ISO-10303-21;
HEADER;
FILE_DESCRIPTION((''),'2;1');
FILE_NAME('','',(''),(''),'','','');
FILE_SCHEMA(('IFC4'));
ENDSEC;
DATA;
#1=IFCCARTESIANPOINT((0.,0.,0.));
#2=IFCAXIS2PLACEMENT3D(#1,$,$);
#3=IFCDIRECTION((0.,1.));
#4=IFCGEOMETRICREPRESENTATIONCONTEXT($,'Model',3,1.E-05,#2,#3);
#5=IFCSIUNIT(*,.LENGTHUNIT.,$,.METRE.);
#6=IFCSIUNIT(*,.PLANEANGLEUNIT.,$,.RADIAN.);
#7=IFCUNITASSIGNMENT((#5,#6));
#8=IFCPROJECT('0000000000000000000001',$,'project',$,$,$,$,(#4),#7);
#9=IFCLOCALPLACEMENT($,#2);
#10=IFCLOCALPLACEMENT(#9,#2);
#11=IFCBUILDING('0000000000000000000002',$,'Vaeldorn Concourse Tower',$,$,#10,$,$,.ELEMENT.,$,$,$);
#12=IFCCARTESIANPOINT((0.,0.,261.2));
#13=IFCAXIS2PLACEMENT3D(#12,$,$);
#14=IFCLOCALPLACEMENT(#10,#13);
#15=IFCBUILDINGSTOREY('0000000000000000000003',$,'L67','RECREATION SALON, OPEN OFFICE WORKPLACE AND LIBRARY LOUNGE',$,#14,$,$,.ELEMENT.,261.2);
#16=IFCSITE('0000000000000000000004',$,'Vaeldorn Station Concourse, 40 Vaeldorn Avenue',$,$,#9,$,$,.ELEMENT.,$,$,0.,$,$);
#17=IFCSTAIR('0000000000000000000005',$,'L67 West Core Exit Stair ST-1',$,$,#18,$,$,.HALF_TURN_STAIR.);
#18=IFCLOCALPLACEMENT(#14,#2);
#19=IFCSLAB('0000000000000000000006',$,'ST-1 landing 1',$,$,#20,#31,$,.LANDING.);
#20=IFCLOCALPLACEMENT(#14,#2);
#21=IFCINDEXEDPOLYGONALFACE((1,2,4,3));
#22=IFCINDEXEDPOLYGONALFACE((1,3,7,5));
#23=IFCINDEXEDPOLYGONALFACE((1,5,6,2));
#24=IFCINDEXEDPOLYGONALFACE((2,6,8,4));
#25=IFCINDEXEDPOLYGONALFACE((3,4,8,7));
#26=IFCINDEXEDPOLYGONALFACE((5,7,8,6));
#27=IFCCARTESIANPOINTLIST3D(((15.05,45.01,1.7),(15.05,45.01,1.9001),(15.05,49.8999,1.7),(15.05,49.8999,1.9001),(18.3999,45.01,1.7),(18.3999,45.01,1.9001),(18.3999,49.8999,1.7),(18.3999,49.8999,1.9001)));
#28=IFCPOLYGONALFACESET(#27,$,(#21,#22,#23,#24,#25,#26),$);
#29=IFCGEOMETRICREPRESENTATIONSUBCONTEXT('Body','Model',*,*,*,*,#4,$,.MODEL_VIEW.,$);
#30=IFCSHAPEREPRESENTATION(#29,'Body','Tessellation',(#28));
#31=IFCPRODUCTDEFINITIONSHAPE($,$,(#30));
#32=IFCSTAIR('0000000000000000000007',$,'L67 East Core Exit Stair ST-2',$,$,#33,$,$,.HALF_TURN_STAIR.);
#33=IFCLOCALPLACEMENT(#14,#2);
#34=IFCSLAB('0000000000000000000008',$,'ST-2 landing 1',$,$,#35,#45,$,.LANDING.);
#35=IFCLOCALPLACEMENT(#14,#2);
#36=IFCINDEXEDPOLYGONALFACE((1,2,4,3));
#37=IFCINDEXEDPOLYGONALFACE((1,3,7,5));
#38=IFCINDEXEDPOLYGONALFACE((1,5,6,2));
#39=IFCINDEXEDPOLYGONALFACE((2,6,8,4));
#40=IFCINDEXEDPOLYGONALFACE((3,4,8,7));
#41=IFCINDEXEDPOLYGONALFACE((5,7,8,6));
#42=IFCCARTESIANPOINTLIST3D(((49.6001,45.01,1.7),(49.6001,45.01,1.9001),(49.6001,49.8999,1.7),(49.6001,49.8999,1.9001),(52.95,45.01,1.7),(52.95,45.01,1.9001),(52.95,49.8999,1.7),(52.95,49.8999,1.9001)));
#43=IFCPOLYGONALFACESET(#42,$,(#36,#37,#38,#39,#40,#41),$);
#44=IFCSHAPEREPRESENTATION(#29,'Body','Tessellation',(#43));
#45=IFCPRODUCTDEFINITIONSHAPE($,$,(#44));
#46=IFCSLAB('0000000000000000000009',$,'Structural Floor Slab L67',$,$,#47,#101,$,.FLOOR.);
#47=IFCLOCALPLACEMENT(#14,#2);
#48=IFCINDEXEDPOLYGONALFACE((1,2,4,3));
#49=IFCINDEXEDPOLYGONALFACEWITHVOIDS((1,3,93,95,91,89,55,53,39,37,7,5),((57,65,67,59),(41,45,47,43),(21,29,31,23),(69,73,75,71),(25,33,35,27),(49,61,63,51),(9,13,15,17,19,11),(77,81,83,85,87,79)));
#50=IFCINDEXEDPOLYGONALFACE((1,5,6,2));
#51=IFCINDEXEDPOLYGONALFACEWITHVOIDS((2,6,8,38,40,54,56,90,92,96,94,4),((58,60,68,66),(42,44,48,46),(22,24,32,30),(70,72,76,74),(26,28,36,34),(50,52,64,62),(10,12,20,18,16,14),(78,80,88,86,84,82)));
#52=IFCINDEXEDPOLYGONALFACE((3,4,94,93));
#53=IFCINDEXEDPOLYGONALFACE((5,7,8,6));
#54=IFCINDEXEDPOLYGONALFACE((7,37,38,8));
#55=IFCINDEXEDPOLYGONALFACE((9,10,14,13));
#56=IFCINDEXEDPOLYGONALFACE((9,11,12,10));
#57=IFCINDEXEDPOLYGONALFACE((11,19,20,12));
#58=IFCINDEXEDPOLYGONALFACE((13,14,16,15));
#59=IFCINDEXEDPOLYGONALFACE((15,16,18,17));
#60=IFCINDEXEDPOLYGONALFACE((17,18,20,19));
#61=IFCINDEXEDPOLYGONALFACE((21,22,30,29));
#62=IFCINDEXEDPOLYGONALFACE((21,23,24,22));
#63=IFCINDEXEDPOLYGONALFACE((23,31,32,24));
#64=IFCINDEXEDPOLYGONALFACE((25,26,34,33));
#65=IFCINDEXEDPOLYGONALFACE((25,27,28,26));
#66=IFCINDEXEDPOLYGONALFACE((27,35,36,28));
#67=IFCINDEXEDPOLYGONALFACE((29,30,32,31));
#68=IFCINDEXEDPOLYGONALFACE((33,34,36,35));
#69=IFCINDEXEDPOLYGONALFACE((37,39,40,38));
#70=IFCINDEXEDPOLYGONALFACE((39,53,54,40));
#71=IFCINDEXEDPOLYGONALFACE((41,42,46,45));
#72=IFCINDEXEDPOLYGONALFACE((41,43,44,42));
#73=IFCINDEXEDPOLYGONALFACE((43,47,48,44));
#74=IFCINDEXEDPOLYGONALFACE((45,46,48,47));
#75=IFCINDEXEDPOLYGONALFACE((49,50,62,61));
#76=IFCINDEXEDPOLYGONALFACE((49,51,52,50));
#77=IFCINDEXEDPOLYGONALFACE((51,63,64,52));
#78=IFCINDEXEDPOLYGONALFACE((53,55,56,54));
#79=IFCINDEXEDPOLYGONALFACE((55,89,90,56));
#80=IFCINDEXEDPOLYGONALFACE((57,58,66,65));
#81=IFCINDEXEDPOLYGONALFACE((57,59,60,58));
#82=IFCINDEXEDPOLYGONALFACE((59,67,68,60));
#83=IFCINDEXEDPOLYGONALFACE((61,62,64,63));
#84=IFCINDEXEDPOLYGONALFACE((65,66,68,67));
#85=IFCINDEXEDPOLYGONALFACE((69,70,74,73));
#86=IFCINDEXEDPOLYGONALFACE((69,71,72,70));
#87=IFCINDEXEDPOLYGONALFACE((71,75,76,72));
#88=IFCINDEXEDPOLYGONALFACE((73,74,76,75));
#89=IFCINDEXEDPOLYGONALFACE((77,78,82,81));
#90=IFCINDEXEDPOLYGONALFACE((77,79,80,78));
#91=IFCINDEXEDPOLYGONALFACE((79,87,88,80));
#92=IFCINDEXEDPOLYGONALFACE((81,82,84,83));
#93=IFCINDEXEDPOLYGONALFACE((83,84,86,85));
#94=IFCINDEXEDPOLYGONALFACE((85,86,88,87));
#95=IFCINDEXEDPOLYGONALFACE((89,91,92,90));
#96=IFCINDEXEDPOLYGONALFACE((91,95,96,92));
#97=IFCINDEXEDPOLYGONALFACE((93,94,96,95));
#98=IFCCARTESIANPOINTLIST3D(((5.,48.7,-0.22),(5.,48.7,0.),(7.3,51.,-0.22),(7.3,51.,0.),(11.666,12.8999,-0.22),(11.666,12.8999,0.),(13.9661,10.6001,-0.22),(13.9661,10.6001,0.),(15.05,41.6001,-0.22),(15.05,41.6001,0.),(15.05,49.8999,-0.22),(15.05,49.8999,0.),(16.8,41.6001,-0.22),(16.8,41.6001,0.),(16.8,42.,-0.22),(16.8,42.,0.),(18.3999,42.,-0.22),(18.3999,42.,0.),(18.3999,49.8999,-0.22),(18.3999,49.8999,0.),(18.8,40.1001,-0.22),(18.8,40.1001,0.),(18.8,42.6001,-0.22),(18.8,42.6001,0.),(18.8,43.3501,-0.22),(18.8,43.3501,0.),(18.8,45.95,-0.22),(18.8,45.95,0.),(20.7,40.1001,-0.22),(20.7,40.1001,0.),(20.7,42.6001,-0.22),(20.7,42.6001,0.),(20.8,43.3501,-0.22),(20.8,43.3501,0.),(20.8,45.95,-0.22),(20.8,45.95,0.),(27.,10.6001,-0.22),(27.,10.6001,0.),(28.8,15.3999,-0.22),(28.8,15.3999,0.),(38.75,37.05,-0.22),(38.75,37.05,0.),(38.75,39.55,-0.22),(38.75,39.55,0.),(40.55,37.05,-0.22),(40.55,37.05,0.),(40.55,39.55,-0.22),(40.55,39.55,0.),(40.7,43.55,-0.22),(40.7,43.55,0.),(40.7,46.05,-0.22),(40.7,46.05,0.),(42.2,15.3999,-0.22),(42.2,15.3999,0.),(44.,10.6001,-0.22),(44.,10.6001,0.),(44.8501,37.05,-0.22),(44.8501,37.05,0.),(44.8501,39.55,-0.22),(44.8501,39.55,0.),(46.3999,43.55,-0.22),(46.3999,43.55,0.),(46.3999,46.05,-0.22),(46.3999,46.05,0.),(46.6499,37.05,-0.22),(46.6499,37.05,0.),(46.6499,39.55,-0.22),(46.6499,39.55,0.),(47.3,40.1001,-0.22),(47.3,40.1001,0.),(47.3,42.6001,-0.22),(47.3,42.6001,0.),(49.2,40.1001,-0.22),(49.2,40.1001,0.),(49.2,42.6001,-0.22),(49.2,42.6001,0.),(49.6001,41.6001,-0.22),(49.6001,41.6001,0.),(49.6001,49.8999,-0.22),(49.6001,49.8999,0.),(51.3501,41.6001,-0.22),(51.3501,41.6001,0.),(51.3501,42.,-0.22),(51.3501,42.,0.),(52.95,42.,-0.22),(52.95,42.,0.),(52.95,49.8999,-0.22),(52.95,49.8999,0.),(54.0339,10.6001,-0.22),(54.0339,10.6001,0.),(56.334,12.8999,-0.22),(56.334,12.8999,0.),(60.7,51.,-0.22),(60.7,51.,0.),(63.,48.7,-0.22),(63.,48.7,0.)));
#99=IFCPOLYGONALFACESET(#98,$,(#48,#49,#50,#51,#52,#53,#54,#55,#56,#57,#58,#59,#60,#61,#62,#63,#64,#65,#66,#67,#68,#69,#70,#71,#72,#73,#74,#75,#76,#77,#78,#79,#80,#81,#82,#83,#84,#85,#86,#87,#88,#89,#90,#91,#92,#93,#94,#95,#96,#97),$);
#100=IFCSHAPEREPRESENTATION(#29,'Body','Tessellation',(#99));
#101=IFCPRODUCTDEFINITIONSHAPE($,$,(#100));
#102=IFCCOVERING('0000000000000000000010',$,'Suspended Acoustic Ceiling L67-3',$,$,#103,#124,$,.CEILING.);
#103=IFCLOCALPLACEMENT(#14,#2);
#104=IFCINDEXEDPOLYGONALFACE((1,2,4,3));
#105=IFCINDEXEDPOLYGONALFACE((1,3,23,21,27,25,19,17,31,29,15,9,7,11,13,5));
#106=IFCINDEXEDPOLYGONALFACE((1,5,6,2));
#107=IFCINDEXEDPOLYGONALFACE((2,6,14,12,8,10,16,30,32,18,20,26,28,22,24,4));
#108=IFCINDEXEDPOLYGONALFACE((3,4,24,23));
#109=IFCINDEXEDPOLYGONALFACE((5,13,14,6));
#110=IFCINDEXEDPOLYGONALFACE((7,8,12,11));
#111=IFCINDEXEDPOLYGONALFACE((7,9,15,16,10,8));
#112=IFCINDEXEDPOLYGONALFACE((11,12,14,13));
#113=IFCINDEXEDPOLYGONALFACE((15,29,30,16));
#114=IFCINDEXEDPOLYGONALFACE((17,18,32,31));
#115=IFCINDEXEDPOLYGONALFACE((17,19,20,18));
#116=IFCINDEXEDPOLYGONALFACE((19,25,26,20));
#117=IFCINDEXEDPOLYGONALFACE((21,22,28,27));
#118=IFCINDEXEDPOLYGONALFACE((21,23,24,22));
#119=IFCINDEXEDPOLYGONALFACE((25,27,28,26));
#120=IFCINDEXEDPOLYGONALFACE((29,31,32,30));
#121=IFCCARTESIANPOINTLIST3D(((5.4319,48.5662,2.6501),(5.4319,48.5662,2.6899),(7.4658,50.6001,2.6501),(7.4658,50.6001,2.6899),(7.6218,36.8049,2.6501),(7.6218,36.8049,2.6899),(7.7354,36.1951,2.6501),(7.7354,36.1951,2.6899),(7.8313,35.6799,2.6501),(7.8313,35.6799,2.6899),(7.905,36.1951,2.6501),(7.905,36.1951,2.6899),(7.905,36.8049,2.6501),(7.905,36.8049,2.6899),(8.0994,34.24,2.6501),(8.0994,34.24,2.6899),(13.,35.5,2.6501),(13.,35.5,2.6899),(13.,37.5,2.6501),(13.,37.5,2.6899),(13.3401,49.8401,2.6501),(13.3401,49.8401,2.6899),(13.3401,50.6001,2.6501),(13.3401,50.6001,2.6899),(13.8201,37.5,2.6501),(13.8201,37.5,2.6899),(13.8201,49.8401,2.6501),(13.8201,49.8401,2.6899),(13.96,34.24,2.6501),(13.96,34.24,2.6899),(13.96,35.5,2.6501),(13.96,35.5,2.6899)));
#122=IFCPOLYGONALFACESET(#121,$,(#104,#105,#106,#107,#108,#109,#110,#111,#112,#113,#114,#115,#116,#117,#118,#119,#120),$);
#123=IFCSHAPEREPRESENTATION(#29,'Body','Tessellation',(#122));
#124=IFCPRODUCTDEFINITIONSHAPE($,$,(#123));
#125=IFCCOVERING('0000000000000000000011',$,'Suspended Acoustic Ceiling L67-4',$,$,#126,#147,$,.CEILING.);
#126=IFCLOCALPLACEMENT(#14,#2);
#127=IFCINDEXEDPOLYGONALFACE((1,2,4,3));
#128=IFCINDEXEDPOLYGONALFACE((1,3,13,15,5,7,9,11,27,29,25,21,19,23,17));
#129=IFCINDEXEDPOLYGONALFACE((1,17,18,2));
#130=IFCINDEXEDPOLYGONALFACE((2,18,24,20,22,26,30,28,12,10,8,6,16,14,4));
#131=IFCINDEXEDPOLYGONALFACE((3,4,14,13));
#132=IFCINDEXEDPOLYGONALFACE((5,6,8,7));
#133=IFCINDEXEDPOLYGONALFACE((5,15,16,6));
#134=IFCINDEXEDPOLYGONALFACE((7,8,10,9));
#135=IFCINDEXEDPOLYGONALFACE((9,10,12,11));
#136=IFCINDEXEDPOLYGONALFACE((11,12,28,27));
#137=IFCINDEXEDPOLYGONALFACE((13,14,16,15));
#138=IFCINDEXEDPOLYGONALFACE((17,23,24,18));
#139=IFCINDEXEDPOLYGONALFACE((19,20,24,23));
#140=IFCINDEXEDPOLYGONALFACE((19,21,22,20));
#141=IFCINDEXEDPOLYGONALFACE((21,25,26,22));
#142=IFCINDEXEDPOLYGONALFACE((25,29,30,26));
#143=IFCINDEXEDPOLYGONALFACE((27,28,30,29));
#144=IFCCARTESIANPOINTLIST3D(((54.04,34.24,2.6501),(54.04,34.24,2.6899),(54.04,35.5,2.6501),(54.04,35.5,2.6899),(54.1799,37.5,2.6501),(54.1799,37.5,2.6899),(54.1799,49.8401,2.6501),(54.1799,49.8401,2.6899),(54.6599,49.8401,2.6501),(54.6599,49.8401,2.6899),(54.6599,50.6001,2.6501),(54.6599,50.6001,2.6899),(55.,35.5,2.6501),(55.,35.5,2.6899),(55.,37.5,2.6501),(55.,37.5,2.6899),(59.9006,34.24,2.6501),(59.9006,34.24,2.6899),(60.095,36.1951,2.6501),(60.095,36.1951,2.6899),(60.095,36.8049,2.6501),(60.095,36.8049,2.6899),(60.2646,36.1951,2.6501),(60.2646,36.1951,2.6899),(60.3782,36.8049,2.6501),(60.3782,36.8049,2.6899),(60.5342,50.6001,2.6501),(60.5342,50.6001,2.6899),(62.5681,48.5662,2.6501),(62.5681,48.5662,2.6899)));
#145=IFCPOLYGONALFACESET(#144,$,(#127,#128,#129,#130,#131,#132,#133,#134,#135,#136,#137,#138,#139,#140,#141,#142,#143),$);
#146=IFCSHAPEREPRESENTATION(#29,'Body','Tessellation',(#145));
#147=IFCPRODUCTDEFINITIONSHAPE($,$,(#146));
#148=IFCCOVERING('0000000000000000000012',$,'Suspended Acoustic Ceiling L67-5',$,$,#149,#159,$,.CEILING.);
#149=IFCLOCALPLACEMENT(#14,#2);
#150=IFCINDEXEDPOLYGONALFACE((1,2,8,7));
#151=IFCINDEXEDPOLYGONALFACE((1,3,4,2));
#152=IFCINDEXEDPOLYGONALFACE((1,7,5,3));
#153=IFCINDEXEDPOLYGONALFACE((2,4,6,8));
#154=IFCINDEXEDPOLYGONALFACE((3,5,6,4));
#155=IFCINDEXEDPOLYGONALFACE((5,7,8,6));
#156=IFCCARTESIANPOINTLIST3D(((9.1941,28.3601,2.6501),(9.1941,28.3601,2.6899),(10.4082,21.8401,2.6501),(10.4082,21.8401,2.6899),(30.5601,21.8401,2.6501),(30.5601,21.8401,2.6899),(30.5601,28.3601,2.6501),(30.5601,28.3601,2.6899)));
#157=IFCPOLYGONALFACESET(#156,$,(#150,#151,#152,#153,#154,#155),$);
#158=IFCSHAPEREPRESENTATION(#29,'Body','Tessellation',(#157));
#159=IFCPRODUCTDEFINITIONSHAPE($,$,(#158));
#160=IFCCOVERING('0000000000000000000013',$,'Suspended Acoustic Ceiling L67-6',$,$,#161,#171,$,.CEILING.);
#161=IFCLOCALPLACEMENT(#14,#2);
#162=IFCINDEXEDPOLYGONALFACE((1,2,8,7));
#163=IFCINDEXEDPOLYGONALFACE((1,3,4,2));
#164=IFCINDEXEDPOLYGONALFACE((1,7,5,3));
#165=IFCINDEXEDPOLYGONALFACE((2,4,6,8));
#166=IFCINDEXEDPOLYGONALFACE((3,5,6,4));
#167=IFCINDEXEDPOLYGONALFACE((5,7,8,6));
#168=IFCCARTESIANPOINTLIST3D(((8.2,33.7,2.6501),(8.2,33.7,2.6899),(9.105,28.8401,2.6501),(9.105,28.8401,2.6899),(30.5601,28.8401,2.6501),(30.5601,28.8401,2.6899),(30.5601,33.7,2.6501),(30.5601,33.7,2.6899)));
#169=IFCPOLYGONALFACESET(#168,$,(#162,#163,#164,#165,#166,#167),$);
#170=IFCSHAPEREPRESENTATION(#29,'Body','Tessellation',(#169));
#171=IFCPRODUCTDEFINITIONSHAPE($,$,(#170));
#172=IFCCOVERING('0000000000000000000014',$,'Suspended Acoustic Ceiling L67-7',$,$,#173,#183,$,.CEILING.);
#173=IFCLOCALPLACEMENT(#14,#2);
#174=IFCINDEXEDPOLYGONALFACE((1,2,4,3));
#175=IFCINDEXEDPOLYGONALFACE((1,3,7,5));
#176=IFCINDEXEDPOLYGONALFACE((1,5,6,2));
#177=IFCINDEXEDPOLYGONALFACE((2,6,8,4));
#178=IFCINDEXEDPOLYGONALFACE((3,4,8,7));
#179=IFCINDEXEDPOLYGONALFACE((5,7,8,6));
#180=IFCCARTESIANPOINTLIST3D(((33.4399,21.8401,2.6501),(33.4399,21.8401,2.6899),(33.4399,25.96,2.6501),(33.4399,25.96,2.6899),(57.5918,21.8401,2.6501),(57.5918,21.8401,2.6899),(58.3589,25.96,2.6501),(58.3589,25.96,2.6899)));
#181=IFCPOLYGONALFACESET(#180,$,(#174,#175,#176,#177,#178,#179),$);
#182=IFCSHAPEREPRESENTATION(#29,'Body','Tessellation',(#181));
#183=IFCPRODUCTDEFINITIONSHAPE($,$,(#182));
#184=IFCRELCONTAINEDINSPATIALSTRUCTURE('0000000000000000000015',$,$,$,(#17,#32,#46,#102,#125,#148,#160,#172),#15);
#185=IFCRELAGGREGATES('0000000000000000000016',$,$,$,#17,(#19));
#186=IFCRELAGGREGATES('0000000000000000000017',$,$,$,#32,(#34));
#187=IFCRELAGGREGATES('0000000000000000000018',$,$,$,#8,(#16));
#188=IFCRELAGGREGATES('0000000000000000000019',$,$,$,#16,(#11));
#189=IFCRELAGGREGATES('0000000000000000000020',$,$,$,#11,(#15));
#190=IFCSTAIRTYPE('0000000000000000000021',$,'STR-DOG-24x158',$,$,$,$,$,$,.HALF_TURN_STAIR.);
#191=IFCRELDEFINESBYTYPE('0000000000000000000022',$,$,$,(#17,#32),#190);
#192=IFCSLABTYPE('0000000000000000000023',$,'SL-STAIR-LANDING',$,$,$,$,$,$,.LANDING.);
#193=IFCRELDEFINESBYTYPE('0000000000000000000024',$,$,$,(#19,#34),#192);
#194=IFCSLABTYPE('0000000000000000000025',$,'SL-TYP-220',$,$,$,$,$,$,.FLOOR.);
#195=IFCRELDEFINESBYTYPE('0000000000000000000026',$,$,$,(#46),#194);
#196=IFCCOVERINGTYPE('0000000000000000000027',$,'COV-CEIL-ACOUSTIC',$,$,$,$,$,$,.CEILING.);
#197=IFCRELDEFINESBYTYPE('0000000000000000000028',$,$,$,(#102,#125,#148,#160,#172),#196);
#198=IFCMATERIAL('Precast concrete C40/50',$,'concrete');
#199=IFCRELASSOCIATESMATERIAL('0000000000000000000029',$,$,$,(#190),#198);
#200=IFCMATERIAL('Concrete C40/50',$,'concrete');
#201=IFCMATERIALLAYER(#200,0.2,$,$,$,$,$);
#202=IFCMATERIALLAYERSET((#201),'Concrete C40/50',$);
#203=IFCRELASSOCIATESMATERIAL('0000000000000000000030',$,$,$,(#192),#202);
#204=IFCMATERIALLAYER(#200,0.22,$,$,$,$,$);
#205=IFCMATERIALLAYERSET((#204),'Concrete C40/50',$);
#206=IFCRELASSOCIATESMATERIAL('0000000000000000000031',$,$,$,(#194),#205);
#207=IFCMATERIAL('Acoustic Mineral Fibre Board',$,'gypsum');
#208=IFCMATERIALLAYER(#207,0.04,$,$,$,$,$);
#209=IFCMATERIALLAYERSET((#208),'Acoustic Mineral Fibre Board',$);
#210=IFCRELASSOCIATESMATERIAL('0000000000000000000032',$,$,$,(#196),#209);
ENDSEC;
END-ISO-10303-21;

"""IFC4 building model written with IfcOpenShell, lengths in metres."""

from ifc_helpers import new_model, si_unit, direction, frame, origin, place, context, subcontext, project, spatial, polyline, outline, extrude, material, layer, layer_set, type_object, element, aggregate, save


model = new_model("IFC4")

# Units and contexts
model_context = context("Model", 3, precision=1e-05, world=origin(), true_north=direction((0.0, 1.0)))
body_context = subcontext(model_context, "Body", "Model", "MODEL_VIEW")
ifc_project = project(units=[si_unit("LENGTHUNIT", "METRE"), si_unit("PLANEANGLEUNIT", "RADIAN")], contexts=[model_context])

# Site, building, storey
site_placement = place(None, origin())
site = spatial("IfcSite", under=ifc_project, at=site_placement, Name="Vaeldorn Station Concourse, 40 Vaeldorn Avenue", CompositionType="ELEMENT", RefElevation=0.0)
building_placement = place(site_placement, origin())
building = spatial("IfcBuilding", under=site, at=building_placement, Name="Vaeldorn Concourse Tower", CompositionType="ELEMENT")
storey_placement = place(building_placement, frame((0.0, 0.0, 261.2)))
storey = spatial("IfcBuildingStorey", under=building, at=storey_placement, Name="L67", Description="RECREATION SALON, OPEN OFFICE WORKPLACE AND LIBRARY LOUNGE", CompositionType="ELEMENT", Elevation=261.2)

# Stairs, slabs
ifc_material_1 = material(Name="Precast concrete C40/50", Category="concrete")
stair_type = type_object("IfcStairType", Name="STR-DOG-24x158", PredefinedType="HALF_TURN_STAIR", material=ifc_material_1)
stair_1_placement = place(storey_placement, origin())
stair_1 = element("IfcStair", 1, at=stair_1_placement, inside=storey, type_object=stair_type, Name="L67 West Core Exit Stair ST-1", PredefinedType="HALF_TURN_STAIR")
ifc_material_2 = material(Name="Concrete C40/50", Category="concrete")
ifc_layer_1 = layer(ifc_material_2, 0.2)
ifc_layer_set_1 = layer_set([ifc_layer_1], Name="Concrete C40/50")
slab_type_1 = type_object("IfcSlabType", Name="SL-STAIR-LANDING", PredefinedType="LANDING", material=ifc_layer_set_1)
slab_1_placement = place(storey_placement, frame((0.0, 0.0, 1.7)))
slab_1 = element("IfcSlab", 2, at=slab_1_placement, type_object=slab_type_1, Name="ST-1 landing 1", PredefinedType="LANDING", context=body_context, shape_type="SweptSolid", body=[
    extrude(outline(polyline([(18.3999, 45.01), (18.3999, 49.8999), (15.05, 49.8999), (15.05, 45.01), (18.3999, 45.01)])), origin(), (0.0, 0.0, 1.0), 0.2002),
])
aggregate(stair_1, [slab_1])
stair_2_placement = place(storey_placement, origin())
stair_2 = element("IfcStair", 3, at=stair_2_placement, inside=storey, type_object=stair_type, Name="L67 East Core Exit Stair ST-2", PredefinedType="HALF_TURN_STAIR")
slab_2_placement = place(storey_placement, frame((0.0, 0.0, 1.7)))
slab_2 = element("IfcSlab", 4, at=slab_2_placement, type_object=slab_type_1, Name="ST-2 landing 1", PredefinedType="LANDING", context=body_context, shape_type="SweptSolid", body=[
    extrude(outline(polyline([(52.95, 45.01), (52.95, 49.8999), (49.6001, 49.8999), (49.6001, 45.01), (52.95, 45.01)])), origin(), (0.0, 0.0, 1.0), 0.2002),
])
aggregate(stair_2, [slab_2])

# Slab
ifc_layer_2 = layer(ifc_material_2, 0.22)
ifc_layer_set_2 = layer_set([ifc_layer_2], Name="Concrete C40/50")
slab_type_2 = type_object("IfcSlabType", Name="SL-TYP-220", PredefinedType="FLOOR", material=ifc_layer_set_2)
slab_3_placement = place(storey_placement, frame((0.0, 0.0, -0.22)))
element("IfcSlab", 5, at=slab_3_placement, inside=storey, type_object=slab_type_2, Name="Structural Floor Slab L67", PredefinedType="FLOOR", context=body_context, shape_type="SweptSolid", body=[
    extrude(outline(polyline([(13.9661, 10.6001), (27.0, 10.6001), (28.8, 15.3999), (42.2, 15.3999), (44.0, 10.6001), (54.0339, 10.6001), (56.334, 12.8999), (63.0, 48.7), (60.7, 51.0), (7.3, 51.0), (5.0, 48.7), (11.666, 12.8999), (13.9661, 10.6001)]), holes=[polyline([(18.3999, 42.0), (18.3999, 49.8999), (15.05, 49.8999), (15.05, 41.6001), (16.8, 41.6001), (16.8, 42.0), (18.3999, 42.0)]), polyline([(52.95, 42.0), (52.95, 49.8999), (49.6001, 49.8999), (49.6001, 41.6001), (51.3501, 41.6001), (51.3501, 42.0), (52.95, 42.0)]), polyline([(38.75, 37.05), (40.55, 37.05), (40.55, 39.55), (38.75, 39.55), (38.75, 37.05)]), polyline([(44.8501, 37.05), (46.6499, 37.05), (46.6499, 39.55), (44.8501, 39.55), (44.8501, 37.05)]), polyline([(40.7, 43.55), (46.3999, 43.55), (46.3999, 46.05), (40.7, 46.05), (40.7, 43.55)]), polyline([(18.8, 43.3501), (20.8, 43.3501), (20.8, 45.95), (18.8, 45.95), (18.8, 43.3501)]), polyline([(18.8, 40.1001), (20.7, 40.1001), (20.7, 42.6001), (18.8, 42.6001), (18.8, 40.1001)]), polyline([(47.3, 40.1001), (49.2, 40.1001), (49.2, 42.6001), (47.3, 42.6001), (47.3, 40.1001)])]), origin(), (0.0, 0.0, 1.0), 0.22),
])

# Coverings
ifc_material_3 = material(Name="Acoustic Mineral Fibre Board", Category="gypsum")
ifc_layer_3 = layer(ifc_material_3, 0.04)
ifc_layer_set_3 = layer_set([ifc_layer_3], Name="Acoustic Mineral Fibre Board")
covering_type_1 = type_object("IfcCoveringType", Name="COV-CEIL-ACOUSTIC", PredefinedType="CEILING", material=ifc_layer_set_3)
covering_1_placement = place(storey_placement, frame((0.0, 0.0, 2.6501)))
element("IfcCovering", 6, at=covering_1_placement, inside=storey, type_object=covering_type_1, Name="Suspended Acoustic Ceiling L67-3", PredefinedType="CEILING", context=body_context, shape_type="SweptSolid", body=[
    extrude(outline(polyline([(7.4658, 50.6001), (13.3401, 50.6001), (13.3401, 49.8401), (13.8201, 49.8401), (13.8201, 37.5), (13.0, 37.5), (13.0, 35.5), (13.96, 35.5), (13.96, 34.24), (8.0994, 34.24), (7.8313, 35.6799), (7.8313, 35.6799), (7.7354, 36.1951), (7.905, 36.1951), (7.905, 36.8049), (7.6218, 36.8049), (5.4319, 48.5662), (7.4658, 50.6001)])), origin(), (0.0, 0.0, 1.0), 0.0398),
])
covering_2_placement = place(storey_placement, frame((0.0, 0.0, 2.6501)))
element("IfcCovering", 7, at=covering_2_placement, inside=storey, type_object=covering_type_1, Name="Suspended Acoustic Ceiling L67-4", PredefinedType="CEILING", context=body_context, shape_type="SweptSolid", body=[
    extrude(outline(polyline([(54.1799, 49.8401), (54.6599, 49.8401), (54.6599, 50.6001), (60.5342, 50.6001), (62.5681, 48.5662), (60.3782, 36.8049), (60.095, 36.8049), (60.095, 36.1951), (60.2646, 36.1951), (59.9006, 34.24), (54.04, 34.24), (54.04, 35.5), (55.0, 35.5), (55.0, 37.5), (54.1799, 37.5), (54.1799, 49.8401)])), origin(), (0.0, 0.0, 1.0), 0.0398),
])
covering_3_placement = place(storey_placement, frame((0.0, 0.0, 2.6501)))
element("IfcCovering", 8, at=covering_3_placement, inside=storey, type_object=covering_type_1, Name="Suspended Acoustic Ceiling L67-5", PredefinedType="CEILING", context=body_context, shape_type="SweptSolid", body=[
    extrude(outline(polyline([(30.5601, 28.3601), (30.5601, 21.8401), (10.4082, 21.8401), (9.1941, 28.3601), (30.5601, 28.3601)])), origin(), (0.0, 0.0, 1.0), 0.0398),
])
covering_4_placement = place(storey_placement, frame((0.0, 0.0, 2.6501)))
element("IfcCovering", 9, at=covering_4_placement, inside=storey, type_object=covering_type_1, Name="Suspended Acoustic Ceiling L67-6", PredefinedType="CEILING", context=body_context, shape_type="SweptSolid", body=[
    extrude(outline(polyline([(30.5601, 33.7), (30.5601, 28.8401), (9.105, 28.8401), (8.2, 33.7), (30.5601, 33.7)])), origin(), (0.0, 0.0, 1.0), 0.0398),
])
covering_5_placement = place(storey_placement, frame((0.0, 0.0, 2.6501)))
element("IfcCovering", 10, at=covering_5_placement, inside=storey, type_object=covering_type_1, Name="Suspended Acoustic Ceiling L67-7", PredefinedType="CEILING", context=body_context, shape_type="SweptSolid", body=[
    extrude(outline(polyline([(33.4399, 21.8401), (33.4399, 25.96), (58.3589, 25.96), (57.5918, 21.8401), (33.4399, 21.8401)])), origin(), (0.0, 0.0, 1.0), 0.0398),
])

save(model, "model.ifc")
